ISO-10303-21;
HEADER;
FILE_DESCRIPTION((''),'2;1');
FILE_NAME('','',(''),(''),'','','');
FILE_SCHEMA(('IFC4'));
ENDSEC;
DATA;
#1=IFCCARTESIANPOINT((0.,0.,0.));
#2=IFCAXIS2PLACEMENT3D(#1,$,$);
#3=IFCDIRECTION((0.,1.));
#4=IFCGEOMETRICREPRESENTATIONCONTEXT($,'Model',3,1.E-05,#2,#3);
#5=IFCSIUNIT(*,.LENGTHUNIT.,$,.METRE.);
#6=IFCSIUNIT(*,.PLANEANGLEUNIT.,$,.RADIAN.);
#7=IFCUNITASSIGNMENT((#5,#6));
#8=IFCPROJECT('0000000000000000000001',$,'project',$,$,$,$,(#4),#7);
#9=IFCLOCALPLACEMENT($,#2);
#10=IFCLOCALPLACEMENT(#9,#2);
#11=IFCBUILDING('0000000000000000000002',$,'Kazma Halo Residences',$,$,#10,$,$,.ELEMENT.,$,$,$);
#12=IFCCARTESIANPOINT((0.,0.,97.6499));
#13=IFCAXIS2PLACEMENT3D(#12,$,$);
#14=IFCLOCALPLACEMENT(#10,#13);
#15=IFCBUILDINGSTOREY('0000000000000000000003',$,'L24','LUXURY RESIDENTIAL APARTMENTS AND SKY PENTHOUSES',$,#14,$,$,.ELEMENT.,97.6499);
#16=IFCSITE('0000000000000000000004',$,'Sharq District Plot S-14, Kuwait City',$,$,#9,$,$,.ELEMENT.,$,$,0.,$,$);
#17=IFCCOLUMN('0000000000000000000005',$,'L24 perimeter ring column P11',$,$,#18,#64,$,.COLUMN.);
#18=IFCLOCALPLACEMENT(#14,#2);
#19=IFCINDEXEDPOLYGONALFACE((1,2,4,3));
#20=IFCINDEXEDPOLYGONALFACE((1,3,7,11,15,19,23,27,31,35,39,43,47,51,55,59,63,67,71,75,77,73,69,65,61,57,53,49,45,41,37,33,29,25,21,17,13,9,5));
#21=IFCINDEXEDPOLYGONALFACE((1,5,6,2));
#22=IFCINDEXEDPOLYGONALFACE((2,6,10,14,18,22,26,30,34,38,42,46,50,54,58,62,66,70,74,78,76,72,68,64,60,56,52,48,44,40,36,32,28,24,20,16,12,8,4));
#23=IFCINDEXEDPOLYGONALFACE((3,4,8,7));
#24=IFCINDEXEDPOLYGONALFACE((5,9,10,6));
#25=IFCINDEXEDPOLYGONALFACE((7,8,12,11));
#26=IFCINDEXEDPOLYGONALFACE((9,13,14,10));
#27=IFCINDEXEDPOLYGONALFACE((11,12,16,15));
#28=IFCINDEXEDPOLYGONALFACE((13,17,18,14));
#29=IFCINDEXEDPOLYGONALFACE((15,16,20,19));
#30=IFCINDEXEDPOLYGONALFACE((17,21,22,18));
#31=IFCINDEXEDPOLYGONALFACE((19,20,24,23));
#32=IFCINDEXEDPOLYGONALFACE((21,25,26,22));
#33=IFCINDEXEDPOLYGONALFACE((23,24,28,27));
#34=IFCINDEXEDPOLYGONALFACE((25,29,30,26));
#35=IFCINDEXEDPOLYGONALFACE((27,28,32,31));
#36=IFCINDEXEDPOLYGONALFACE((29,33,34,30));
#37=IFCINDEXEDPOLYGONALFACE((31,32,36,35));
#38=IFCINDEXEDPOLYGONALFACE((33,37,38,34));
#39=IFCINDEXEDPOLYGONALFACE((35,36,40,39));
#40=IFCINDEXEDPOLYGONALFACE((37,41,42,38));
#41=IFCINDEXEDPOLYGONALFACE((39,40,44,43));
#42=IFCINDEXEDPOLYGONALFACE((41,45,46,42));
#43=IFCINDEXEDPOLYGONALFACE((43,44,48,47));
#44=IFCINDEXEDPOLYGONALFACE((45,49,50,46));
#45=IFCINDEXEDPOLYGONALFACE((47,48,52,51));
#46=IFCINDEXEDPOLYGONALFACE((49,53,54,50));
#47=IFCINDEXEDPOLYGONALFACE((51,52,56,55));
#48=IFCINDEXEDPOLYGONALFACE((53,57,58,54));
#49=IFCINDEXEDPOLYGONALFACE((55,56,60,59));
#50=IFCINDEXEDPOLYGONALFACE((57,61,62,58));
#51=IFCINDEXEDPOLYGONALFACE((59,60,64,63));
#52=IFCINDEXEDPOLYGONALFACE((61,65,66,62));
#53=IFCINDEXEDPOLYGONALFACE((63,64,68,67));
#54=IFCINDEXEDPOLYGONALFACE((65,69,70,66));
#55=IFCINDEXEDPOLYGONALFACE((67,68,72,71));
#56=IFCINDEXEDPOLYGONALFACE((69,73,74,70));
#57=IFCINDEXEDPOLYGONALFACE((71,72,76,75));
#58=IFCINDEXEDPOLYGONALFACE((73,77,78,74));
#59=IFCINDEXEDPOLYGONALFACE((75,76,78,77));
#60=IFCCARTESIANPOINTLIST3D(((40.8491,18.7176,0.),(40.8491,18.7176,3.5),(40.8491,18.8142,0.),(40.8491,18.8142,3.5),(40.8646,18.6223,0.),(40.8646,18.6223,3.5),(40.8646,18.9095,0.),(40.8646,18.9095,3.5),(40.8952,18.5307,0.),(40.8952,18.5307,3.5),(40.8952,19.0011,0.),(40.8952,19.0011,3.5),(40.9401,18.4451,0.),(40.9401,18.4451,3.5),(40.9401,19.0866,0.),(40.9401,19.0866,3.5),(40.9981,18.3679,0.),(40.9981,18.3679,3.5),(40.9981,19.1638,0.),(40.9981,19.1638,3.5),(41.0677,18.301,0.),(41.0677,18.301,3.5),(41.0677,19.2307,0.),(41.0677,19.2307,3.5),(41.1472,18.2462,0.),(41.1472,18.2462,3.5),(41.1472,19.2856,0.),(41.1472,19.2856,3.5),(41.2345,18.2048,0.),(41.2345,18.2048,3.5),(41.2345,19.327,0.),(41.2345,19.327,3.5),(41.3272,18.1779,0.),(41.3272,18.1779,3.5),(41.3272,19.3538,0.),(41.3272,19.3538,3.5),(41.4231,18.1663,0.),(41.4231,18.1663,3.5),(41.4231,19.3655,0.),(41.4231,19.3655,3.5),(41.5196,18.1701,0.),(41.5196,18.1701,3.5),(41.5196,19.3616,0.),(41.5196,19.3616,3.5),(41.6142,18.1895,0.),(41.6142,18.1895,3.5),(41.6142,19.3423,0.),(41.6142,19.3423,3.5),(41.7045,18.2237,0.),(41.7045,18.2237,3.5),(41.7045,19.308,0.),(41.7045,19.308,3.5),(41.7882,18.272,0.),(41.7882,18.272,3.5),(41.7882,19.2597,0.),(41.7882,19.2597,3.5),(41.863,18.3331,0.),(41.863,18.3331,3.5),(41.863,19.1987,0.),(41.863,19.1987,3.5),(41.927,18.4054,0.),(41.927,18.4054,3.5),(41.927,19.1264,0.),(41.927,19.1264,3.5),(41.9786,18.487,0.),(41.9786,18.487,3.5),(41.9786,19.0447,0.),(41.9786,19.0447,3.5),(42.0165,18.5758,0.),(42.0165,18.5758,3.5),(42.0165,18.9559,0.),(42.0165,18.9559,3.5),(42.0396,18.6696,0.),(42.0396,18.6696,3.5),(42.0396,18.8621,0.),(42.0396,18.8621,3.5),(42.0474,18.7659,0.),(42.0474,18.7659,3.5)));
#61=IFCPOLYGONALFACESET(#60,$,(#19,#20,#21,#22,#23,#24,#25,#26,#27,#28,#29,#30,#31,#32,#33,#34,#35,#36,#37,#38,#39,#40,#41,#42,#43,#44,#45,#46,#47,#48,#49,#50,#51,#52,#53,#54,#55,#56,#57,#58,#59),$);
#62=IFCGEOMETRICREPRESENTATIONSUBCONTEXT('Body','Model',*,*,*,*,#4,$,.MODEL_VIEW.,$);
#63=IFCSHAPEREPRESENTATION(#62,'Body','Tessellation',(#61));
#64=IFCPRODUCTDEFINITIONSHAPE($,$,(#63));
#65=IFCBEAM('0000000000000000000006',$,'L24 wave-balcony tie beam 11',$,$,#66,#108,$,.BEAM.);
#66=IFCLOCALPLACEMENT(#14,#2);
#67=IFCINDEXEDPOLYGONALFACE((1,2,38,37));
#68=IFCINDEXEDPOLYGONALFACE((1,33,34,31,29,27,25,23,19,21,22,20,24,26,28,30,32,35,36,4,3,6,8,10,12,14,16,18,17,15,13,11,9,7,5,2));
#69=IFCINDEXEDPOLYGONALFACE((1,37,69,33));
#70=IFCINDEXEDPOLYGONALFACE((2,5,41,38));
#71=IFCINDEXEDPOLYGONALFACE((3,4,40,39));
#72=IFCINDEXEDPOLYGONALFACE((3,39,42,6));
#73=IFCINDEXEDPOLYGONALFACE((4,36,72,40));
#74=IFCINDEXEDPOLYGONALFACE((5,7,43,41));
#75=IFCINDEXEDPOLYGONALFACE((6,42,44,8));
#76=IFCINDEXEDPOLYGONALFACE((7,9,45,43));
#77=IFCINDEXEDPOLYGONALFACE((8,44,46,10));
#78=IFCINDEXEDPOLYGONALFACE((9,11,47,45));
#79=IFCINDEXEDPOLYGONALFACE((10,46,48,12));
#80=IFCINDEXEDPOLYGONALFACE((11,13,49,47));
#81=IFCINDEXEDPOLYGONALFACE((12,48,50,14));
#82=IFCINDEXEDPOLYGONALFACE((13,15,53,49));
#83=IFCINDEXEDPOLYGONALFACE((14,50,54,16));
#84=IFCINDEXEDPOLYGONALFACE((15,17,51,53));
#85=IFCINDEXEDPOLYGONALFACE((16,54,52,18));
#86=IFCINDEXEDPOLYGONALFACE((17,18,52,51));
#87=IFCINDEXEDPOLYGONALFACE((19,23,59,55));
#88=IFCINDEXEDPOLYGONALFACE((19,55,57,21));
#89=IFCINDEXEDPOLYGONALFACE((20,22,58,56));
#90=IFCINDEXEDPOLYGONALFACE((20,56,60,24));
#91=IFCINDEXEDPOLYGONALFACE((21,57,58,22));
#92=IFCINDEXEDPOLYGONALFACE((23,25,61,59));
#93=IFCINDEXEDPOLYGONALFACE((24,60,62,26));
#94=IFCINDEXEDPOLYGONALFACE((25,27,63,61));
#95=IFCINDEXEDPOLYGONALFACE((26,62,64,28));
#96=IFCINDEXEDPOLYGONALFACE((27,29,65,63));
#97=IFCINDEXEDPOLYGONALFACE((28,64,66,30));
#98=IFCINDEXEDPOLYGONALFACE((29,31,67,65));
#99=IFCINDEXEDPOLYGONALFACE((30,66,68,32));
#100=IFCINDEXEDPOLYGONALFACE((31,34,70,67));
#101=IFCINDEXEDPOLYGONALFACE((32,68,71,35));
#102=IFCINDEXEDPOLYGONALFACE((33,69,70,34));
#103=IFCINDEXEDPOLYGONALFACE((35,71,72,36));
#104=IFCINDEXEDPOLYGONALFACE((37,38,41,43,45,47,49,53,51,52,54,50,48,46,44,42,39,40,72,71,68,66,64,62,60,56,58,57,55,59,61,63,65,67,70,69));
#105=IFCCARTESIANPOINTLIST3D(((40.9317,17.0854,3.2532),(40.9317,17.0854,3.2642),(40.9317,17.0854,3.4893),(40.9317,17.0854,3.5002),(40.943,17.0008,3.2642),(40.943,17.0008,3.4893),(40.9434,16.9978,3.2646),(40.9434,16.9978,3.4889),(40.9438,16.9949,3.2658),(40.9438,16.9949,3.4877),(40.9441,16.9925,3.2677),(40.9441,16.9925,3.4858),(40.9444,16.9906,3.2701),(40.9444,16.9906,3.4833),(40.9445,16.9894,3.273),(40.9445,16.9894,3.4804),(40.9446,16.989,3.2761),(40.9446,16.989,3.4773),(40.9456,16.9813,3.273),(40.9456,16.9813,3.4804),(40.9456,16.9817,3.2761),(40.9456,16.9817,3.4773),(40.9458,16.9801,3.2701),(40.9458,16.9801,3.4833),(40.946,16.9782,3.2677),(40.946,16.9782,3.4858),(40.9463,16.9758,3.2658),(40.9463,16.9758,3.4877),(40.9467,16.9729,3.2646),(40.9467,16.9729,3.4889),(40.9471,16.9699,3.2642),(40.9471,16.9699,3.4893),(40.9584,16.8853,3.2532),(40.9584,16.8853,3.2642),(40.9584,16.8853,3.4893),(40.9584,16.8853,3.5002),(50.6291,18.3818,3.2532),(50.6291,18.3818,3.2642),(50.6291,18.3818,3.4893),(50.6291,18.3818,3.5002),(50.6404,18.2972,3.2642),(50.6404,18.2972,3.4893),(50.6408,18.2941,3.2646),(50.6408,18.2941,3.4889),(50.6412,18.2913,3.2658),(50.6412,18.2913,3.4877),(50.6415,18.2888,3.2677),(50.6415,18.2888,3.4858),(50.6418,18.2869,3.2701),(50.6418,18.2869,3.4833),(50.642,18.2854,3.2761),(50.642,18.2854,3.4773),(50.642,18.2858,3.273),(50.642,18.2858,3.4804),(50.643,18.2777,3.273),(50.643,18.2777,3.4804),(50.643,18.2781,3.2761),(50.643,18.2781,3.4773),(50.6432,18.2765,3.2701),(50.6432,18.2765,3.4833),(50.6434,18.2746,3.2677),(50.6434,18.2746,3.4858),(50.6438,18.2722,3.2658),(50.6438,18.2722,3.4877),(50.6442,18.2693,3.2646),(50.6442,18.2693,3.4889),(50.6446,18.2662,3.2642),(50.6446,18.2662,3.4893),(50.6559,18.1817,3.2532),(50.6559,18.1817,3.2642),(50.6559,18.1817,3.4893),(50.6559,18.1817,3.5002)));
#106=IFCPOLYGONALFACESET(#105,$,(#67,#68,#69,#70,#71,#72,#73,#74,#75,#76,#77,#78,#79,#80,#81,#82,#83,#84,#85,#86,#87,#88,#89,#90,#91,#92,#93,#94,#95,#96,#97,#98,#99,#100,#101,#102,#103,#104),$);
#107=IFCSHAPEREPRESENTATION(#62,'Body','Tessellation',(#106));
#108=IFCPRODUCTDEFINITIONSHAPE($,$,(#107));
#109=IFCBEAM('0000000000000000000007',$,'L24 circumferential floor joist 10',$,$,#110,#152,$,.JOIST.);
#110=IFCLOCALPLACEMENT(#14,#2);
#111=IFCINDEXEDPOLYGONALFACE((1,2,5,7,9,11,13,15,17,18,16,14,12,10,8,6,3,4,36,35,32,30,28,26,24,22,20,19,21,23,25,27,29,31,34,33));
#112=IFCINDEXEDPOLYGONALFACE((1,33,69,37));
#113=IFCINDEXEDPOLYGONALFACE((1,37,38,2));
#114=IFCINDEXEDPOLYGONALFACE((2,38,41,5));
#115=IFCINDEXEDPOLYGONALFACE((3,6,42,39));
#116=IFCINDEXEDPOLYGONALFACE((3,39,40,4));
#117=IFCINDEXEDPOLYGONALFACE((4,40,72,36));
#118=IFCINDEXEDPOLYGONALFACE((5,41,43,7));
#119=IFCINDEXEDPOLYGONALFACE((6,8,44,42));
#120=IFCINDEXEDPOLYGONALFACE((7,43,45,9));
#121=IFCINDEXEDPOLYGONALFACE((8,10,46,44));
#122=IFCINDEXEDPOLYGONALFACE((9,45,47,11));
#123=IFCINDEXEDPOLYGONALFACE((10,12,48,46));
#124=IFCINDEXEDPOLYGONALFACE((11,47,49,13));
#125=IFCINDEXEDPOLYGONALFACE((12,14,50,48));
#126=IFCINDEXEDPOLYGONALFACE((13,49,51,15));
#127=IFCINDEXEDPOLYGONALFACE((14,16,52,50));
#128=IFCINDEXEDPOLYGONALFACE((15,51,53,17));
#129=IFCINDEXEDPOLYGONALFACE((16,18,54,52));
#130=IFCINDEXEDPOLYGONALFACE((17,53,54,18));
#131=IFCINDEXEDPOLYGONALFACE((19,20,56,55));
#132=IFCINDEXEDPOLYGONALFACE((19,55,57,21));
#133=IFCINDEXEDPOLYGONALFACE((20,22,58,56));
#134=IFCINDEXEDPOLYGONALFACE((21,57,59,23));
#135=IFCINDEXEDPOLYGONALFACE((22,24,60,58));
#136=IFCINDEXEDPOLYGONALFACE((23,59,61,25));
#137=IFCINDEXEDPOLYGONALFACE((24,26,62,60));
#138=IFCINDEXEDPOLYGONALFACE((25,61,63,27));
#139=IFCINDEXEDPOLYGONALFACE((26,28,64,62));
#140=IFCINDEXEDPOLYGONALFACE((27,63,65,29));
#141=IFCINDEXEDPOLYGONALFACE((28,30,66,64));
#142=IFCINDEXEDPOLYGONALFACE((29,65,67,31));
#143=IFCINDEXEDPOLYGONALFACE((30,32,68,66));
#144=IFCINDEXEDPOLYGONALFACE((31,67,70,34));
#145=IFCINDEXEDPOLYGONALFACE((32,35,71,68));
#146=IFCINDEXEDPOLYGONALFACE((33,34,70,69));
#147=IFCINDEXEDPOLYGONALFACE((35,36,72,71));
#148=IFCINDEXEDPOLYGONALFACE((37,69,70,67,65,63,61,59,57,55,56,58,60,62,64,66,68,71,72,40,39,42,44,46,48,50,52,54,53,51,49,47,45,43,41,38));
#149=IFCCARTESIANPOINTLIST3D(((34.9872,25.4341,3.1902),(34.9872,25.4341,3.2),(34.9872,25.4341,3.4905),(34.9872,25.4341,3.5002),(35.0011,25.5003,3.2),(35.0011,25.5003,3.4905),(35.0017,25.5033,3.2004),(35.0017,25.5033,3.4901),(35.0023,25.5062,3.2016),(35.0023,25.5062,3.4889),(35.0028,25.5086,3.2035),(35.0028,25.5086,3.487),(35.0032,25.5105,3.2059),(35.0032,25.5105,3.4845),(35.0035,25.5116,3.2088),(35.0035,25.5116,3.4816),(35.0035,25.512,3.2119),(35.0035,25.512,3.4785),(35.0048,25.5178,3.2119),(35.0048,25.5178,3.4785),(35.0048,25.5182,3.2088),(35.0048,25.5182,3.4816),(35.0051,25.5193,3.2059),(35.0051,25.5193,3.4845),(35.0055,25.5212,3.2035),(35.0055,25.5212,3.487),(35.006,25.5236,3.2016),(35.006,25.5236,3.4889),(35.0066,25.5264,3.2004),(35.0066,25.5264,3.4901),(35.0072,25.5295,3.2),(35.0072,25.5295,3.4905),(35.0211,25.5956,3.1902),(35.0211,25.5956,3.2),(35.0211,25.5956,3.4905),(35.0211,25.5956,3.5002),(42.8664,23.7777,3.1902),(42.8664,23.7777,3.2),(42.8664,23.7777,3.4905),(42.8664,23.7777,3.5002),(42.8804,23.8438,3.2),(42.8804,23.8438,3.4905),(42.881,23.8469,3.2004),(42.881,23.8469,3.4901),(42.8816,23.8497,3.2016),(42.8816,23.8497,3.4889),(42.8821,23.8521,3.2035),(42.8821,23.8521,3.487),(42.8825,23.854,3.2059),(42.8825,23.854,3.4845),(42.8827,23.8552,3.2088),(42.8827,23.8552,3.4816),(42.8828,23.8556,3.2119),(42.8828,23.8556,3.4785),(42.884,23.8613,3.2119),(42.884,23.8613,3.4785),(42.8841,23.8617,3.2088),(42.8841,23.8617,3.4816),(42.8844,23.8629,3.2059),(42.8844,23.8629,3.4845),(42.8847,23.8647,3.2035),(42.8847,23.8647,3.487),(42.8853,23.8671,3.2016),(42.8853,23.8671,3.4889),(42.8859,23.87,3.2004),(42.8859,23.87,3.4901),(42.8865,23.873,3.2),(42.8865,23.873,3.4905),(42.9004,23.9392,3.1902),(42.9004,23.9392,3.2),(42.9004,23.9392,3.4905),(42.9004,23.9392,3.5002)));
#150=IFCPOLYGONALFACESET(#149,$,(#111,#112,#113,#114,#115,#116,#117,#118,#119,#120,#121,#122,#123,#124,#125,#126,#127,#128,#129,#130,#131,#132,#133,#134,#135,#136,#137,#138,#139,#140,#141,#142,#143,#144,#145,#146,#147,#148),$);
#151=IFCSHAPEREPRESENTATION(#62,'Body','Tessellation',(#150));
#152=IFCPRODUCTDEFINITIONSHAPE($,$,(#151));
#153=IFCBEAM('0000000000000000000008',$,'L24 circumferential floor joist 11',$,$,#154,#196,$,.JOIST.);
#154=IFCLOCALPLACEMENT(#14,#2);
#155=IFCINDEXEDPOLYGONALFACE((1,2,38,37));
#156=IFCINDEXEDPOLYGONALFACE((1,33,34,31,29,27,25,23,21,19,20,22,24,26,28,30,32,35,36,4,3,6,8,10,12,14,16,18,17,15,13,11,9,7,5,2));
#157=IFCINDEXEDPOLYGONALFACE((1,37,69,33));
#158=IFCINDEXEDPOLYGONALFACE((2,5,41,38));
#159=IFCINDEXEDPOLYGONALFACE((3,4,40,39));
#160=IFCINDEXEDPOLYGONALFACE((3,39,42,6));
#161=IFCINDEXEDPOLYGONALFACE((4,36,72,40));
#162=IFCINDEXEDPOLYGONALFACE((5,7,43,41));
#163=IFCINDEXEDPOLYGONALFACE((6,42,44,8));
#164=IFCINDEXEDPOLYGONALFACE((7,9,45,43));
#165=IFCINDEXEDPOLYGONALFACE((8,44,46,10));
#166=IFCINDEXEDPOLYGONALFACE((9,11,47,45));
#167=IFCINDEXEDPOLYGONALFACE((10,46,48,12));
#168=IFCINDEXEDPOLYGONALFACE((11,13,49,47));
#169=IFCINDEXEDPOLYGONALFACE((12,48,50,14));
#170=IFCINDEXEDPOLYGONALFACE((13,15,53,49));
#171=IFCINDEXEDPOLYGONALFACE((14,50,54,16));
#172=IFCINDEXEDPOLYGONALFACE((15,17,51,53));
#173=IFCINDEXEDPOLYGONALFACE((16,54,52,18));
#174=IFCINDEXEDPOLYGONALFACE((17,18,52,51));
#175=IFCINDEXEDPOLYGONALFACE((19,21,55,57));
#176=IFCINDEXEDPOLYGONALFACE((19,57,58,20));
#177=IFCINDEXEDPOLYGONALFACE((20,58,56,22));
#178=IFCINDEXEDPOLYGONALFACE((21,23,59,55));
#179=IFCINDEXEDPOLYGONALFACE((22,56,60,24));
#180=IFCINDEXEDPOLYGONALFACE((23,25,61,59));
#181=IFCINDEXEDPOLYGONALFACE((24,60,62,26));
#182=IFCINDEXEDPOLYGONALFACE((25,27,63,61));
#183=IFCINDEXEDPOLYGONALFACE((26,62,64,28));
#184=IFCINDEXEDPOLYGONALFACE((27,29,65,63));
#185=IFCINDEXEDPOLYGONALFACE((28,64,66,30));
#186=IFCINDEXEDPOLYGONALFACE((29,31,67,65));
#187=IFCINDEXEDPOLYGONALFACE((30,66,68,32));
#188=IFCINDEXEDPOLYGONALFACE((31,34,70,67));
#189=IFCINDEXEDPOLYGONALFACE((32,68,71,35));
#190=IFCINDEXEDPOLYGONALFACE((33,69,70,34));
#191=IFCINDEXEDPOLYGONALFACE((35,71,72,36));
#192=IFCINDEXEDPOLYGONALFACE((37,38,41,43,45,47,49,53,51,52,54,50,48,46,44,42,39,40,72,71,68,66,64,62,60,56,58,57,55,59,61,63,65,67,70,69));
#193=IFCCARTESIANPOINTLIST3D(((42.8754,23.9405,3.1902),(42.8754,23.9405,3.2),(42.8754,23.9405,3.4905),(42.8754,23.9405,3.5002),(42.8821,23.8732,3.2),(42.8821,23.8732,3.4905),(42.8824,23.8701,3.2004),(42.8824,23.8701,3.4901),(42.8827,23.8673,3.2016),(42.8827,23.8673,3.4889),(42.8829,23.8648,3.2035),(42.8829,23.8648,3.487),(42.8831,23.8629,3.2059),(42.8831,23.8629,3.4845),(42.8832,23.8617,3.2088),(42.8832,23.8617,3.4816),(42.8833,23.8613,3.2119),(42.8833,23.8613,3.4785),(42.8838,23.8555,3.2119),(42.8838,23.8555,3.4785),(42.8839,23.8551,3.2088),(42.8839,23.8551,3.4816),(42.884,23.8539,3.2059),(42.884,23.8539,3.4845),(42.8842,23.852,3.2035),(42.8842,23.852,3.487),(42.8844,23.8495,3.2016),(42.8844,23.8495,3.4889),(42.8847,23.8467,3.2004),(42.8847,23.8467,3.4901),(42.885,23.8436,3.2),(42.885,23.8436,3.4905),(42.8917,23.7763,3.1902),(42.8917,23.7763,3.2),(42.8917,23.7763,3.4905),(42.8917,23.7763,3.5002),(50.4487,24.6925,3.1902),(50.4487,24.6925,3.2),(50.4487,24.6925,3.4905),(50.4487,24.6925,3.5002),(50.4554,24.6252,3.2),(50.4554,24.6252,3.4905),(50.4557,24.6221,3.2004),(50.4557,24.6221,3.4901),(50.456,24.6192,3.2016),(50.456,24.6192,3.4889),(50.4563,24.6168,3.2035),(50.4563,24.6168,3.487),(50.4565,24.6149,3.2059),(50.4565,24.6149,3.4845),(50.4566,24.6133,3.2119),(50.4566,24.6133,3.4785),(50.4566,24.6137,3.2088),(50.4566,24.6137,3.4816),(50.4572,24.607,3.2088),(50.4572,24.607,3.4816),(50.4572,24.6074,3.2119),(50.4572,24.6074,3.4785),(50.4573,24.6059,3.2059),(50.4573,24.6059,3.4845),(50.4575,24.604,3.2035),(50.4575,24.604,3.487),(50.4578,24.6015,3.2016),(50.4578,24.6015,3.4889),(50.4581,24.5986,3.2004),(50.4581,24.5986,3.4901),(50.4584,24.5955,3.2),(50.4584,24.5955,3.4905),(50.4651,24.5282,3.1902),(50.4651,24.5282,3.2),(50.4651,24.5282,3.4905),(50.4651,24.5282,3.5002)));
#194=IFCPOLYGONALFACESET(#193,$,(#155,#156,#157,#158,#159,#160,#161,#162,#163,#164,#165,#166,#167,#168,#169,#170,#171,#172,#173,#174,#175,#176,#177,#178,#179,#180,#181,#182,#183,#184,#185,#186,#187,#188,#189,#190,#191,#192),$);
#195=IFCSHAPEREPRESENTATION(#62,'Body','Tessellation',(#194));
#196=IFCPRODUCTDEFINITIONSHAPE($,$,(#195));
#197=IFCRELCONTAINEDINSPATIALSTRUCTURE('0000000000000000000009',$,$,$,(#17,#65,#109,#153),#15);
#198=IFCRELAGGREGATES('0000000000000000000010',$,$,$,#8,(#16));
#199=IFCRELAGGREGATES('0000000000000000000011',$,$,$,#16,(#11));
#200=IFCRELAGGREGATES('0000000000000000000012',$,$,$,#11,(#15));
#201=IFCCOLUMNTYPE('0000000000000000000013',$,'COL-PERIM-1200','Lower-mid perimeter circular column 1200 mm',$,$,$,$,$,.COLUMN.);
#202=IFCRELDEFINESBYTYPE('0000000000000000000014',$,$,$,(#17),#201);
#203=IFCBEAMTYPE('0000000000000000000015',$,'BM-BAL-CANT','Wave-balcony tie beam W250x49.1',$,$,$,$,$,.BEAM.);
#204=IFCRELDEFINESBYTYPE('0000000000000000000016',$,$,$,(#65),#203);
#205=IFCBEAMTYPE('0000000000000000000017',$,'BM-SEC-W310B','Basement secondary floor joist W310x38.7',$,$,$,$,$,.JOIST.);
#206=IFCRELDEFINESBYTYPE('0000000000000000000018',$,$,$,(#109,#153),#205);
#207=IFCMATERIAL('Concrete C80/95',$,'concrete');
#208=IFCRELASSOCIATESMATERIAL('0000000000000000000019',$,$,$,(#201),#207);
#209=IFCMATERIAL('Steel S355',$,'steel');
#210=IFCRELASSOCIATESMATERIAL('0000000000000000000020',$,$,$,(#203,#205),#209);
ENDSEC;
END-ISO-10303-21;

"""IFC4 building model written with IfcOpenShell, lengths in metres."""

from ifc_helpers import new_model, si_unit, direction, frame, origin, origin_2d, place, context, subcontext, project, spatial, circle, i_section, extrude, material, material_profile, profile_set, type_object, element, save


model = new_model("IFC4")

# Units and contexts
model_context = context("Model", 3, precision=1e-05, world=origin(), true_north=direction((0.0, 1.0)))
body_context = subcontext(model_context, "Body", "Model", "MODEL_VIEW")
ifc_project = project(units=[si_unit("LENGTHUNIT", "METRE"), si_unit("PLANEANGLEUNIT", "RADIAN")], contexts=[model_context])

# Site, building, storey
site_placement = place(None, origin())
site = spatial("IfcSite", under=ifc_project, at=site_placement, Name="Sharq District Plot S-14, Kuwait City", CompositionType="ELEMENT", RefElevation=0.0)
building_placement = place(site_placement, origin())
building = spatial("IfcBuilding", under=site, at=building_placement, Name="Kazma Halo Residences", CompositionType="ELEMENT")
storey_placement = place(building_placement, frame((0.0, 0.0, 97.6499)))
storey = spatial("IfcBuildingStorey", under=building, at=storey_placement, Name="L24", Description="LUXURY RESIDENTIAL APARTMENTS AND SKY PENTHOUSES", CompositionType="ELEMENT", Elevation=97.6499)

# Column
ifc_material_1 = material(Name="Concrete C80/95", Category="concrete")
ifc_material_profile_1 = material_profile(ifc_material_1, circle(Radius=0.6001, at=origin_2d()), Name="CIRC1200")
ifc_profile_set_1 = profile_set([ifc_material_profile_1], Name="Concrete C80/95")
column_type = type_object("IfcColumnType", Name="COL-PERIM-1200", Description="Lower-mid perimeter circular column 1200 mm", PredefinedType="COLUMN", material=ifc_profile_set_1)
column_placement = place(storey_placement, frame((41.4473, 18.7659, 0.0), z_axis=(0.0, 0.0, 1.0), x_axis=(1.0, 0.0, 0.0)))
element("IfcColumn", 1, at=column_placement, inside=storey, type_object=column_type, Name="L24 perimeter ring column P11", PredefinedType="COLUMN", context=body_context, shape_type="SweptSolid", body=[
    extrude(circle(Radius=0.6001, at=origin_2d()), origin(), (0.0, 0.0, 1.0), 3.5),
])

# Beams
ifc_material_2 = material(Name="Steel S355", Category="steel")
ifc_material_profile_2 = material_profile(ifc_material_2, i_section(OverallWidth=0.2019, OverallDepth=0.2471, WebThickness=0.0073, FlangeThickness=0.011, FilletRadius=0.012, at=origin_2d()), Name="W250x49.1")
ifc_profile_set_2 = profile_set([ifc_material_profile_2], Name="Steel S355")
beam_type_1 = type_object("IfcBeamType", Name="BM-BAL-CANT", Description="Wave-balcony tie beam W250x49.1", PredefinedType="BEAM", material=ifc_profile_set_2)
beam_1_placement = place(storey_placement, frame((40.9451, 16.9854, 3.3767), z_axis=(0.991183, 0.132504, 0.0), x_axis=(-0.132504, 0.991183, 0.0)))
element("IfcBeam", 2, at=beam_1_placement, inside=storey, type_object=beam_type_1, Name="L24 wave-balcony tie beam 11", PredefinedType="BEAM", context=body_context, shape_type="SweptSolid", body=[
    extrude(i_section(OverallWidth=0.2019, OverallDepth=0.2471, WebThickness=0.0073, FlangeThickness=0.011, FilletRadius=0.012, at=origin_2d()), origin(), (0.0, 0.0, 1.0), 9.7837),
])
ifc_material_profile_3 = material_profile(ifc_material_2, i_section(OverallWidth=0.165, OverallDepth=0.3101, WebThickness=0.0059, FlangeThickness=0.0098, FilletRadius=0.012, at=origin_2d()), Name="W310x38.7")
ifc_profile_set_3 = profile_set([ifc_material_profile_3], Name="Steel S355")
beam_type_2 = type_object("IfcBeamType", Name="BM-SEC-W310B", Description="Basement secondary floor joist W310x38.7", PredefinedType="JOIST", material=ifc_profile_set_3)
beam_2_placement = place(storey_placement, frame((35.0042, 25.5149, 3.3452), z_axis=(0.978608, -0.205734, 0.0), x_axis=(0.205734, 0.978608, 0.0)))
element("IfcBeam", 3, at=beam_2_placement, inside=storey, type_object=beam_type_2, Name="L24 circumferential floor joist 10", PredefinedType="JOIST", context=body_context, shape_type="SweptSolid", body=[
    extrude(i_section(OverallWidth=0.165, OverallDepth=0.3101, WebThickness=0.0059, FlangeThickness=0.0098, FilletRadius=0.012, at=origin_2d()), origin(), (0.0, 0.0, 1.0), 8.0515),
])
beam_3_placement = place(storey_placement, frame((42.8835, 23.8584, 3.3452), z_axis=(0.995107, 0.098805, 0.0), x_axis=(-0.098805, 0.995107, 0.0)))
element("IfcBeam", 4, at=beam_3_placement, inside=storey, type_object=beam_type_2, Name="L24 circumferential floor joist 11", PredefinedType="JOIST", context=body_context, shape_type="SweptSolid", body=[
    extrude(i_section(OverallWidth=0.165, OverallDepth=0.3101, WebThickness=0.0059, FlangeThickness=0.0098, FilletRadius=0.012, at=origin_2d()), origin(), (0.0, 0.0, 1.0), 7.6106),
])

save(model, "model.ifc")
